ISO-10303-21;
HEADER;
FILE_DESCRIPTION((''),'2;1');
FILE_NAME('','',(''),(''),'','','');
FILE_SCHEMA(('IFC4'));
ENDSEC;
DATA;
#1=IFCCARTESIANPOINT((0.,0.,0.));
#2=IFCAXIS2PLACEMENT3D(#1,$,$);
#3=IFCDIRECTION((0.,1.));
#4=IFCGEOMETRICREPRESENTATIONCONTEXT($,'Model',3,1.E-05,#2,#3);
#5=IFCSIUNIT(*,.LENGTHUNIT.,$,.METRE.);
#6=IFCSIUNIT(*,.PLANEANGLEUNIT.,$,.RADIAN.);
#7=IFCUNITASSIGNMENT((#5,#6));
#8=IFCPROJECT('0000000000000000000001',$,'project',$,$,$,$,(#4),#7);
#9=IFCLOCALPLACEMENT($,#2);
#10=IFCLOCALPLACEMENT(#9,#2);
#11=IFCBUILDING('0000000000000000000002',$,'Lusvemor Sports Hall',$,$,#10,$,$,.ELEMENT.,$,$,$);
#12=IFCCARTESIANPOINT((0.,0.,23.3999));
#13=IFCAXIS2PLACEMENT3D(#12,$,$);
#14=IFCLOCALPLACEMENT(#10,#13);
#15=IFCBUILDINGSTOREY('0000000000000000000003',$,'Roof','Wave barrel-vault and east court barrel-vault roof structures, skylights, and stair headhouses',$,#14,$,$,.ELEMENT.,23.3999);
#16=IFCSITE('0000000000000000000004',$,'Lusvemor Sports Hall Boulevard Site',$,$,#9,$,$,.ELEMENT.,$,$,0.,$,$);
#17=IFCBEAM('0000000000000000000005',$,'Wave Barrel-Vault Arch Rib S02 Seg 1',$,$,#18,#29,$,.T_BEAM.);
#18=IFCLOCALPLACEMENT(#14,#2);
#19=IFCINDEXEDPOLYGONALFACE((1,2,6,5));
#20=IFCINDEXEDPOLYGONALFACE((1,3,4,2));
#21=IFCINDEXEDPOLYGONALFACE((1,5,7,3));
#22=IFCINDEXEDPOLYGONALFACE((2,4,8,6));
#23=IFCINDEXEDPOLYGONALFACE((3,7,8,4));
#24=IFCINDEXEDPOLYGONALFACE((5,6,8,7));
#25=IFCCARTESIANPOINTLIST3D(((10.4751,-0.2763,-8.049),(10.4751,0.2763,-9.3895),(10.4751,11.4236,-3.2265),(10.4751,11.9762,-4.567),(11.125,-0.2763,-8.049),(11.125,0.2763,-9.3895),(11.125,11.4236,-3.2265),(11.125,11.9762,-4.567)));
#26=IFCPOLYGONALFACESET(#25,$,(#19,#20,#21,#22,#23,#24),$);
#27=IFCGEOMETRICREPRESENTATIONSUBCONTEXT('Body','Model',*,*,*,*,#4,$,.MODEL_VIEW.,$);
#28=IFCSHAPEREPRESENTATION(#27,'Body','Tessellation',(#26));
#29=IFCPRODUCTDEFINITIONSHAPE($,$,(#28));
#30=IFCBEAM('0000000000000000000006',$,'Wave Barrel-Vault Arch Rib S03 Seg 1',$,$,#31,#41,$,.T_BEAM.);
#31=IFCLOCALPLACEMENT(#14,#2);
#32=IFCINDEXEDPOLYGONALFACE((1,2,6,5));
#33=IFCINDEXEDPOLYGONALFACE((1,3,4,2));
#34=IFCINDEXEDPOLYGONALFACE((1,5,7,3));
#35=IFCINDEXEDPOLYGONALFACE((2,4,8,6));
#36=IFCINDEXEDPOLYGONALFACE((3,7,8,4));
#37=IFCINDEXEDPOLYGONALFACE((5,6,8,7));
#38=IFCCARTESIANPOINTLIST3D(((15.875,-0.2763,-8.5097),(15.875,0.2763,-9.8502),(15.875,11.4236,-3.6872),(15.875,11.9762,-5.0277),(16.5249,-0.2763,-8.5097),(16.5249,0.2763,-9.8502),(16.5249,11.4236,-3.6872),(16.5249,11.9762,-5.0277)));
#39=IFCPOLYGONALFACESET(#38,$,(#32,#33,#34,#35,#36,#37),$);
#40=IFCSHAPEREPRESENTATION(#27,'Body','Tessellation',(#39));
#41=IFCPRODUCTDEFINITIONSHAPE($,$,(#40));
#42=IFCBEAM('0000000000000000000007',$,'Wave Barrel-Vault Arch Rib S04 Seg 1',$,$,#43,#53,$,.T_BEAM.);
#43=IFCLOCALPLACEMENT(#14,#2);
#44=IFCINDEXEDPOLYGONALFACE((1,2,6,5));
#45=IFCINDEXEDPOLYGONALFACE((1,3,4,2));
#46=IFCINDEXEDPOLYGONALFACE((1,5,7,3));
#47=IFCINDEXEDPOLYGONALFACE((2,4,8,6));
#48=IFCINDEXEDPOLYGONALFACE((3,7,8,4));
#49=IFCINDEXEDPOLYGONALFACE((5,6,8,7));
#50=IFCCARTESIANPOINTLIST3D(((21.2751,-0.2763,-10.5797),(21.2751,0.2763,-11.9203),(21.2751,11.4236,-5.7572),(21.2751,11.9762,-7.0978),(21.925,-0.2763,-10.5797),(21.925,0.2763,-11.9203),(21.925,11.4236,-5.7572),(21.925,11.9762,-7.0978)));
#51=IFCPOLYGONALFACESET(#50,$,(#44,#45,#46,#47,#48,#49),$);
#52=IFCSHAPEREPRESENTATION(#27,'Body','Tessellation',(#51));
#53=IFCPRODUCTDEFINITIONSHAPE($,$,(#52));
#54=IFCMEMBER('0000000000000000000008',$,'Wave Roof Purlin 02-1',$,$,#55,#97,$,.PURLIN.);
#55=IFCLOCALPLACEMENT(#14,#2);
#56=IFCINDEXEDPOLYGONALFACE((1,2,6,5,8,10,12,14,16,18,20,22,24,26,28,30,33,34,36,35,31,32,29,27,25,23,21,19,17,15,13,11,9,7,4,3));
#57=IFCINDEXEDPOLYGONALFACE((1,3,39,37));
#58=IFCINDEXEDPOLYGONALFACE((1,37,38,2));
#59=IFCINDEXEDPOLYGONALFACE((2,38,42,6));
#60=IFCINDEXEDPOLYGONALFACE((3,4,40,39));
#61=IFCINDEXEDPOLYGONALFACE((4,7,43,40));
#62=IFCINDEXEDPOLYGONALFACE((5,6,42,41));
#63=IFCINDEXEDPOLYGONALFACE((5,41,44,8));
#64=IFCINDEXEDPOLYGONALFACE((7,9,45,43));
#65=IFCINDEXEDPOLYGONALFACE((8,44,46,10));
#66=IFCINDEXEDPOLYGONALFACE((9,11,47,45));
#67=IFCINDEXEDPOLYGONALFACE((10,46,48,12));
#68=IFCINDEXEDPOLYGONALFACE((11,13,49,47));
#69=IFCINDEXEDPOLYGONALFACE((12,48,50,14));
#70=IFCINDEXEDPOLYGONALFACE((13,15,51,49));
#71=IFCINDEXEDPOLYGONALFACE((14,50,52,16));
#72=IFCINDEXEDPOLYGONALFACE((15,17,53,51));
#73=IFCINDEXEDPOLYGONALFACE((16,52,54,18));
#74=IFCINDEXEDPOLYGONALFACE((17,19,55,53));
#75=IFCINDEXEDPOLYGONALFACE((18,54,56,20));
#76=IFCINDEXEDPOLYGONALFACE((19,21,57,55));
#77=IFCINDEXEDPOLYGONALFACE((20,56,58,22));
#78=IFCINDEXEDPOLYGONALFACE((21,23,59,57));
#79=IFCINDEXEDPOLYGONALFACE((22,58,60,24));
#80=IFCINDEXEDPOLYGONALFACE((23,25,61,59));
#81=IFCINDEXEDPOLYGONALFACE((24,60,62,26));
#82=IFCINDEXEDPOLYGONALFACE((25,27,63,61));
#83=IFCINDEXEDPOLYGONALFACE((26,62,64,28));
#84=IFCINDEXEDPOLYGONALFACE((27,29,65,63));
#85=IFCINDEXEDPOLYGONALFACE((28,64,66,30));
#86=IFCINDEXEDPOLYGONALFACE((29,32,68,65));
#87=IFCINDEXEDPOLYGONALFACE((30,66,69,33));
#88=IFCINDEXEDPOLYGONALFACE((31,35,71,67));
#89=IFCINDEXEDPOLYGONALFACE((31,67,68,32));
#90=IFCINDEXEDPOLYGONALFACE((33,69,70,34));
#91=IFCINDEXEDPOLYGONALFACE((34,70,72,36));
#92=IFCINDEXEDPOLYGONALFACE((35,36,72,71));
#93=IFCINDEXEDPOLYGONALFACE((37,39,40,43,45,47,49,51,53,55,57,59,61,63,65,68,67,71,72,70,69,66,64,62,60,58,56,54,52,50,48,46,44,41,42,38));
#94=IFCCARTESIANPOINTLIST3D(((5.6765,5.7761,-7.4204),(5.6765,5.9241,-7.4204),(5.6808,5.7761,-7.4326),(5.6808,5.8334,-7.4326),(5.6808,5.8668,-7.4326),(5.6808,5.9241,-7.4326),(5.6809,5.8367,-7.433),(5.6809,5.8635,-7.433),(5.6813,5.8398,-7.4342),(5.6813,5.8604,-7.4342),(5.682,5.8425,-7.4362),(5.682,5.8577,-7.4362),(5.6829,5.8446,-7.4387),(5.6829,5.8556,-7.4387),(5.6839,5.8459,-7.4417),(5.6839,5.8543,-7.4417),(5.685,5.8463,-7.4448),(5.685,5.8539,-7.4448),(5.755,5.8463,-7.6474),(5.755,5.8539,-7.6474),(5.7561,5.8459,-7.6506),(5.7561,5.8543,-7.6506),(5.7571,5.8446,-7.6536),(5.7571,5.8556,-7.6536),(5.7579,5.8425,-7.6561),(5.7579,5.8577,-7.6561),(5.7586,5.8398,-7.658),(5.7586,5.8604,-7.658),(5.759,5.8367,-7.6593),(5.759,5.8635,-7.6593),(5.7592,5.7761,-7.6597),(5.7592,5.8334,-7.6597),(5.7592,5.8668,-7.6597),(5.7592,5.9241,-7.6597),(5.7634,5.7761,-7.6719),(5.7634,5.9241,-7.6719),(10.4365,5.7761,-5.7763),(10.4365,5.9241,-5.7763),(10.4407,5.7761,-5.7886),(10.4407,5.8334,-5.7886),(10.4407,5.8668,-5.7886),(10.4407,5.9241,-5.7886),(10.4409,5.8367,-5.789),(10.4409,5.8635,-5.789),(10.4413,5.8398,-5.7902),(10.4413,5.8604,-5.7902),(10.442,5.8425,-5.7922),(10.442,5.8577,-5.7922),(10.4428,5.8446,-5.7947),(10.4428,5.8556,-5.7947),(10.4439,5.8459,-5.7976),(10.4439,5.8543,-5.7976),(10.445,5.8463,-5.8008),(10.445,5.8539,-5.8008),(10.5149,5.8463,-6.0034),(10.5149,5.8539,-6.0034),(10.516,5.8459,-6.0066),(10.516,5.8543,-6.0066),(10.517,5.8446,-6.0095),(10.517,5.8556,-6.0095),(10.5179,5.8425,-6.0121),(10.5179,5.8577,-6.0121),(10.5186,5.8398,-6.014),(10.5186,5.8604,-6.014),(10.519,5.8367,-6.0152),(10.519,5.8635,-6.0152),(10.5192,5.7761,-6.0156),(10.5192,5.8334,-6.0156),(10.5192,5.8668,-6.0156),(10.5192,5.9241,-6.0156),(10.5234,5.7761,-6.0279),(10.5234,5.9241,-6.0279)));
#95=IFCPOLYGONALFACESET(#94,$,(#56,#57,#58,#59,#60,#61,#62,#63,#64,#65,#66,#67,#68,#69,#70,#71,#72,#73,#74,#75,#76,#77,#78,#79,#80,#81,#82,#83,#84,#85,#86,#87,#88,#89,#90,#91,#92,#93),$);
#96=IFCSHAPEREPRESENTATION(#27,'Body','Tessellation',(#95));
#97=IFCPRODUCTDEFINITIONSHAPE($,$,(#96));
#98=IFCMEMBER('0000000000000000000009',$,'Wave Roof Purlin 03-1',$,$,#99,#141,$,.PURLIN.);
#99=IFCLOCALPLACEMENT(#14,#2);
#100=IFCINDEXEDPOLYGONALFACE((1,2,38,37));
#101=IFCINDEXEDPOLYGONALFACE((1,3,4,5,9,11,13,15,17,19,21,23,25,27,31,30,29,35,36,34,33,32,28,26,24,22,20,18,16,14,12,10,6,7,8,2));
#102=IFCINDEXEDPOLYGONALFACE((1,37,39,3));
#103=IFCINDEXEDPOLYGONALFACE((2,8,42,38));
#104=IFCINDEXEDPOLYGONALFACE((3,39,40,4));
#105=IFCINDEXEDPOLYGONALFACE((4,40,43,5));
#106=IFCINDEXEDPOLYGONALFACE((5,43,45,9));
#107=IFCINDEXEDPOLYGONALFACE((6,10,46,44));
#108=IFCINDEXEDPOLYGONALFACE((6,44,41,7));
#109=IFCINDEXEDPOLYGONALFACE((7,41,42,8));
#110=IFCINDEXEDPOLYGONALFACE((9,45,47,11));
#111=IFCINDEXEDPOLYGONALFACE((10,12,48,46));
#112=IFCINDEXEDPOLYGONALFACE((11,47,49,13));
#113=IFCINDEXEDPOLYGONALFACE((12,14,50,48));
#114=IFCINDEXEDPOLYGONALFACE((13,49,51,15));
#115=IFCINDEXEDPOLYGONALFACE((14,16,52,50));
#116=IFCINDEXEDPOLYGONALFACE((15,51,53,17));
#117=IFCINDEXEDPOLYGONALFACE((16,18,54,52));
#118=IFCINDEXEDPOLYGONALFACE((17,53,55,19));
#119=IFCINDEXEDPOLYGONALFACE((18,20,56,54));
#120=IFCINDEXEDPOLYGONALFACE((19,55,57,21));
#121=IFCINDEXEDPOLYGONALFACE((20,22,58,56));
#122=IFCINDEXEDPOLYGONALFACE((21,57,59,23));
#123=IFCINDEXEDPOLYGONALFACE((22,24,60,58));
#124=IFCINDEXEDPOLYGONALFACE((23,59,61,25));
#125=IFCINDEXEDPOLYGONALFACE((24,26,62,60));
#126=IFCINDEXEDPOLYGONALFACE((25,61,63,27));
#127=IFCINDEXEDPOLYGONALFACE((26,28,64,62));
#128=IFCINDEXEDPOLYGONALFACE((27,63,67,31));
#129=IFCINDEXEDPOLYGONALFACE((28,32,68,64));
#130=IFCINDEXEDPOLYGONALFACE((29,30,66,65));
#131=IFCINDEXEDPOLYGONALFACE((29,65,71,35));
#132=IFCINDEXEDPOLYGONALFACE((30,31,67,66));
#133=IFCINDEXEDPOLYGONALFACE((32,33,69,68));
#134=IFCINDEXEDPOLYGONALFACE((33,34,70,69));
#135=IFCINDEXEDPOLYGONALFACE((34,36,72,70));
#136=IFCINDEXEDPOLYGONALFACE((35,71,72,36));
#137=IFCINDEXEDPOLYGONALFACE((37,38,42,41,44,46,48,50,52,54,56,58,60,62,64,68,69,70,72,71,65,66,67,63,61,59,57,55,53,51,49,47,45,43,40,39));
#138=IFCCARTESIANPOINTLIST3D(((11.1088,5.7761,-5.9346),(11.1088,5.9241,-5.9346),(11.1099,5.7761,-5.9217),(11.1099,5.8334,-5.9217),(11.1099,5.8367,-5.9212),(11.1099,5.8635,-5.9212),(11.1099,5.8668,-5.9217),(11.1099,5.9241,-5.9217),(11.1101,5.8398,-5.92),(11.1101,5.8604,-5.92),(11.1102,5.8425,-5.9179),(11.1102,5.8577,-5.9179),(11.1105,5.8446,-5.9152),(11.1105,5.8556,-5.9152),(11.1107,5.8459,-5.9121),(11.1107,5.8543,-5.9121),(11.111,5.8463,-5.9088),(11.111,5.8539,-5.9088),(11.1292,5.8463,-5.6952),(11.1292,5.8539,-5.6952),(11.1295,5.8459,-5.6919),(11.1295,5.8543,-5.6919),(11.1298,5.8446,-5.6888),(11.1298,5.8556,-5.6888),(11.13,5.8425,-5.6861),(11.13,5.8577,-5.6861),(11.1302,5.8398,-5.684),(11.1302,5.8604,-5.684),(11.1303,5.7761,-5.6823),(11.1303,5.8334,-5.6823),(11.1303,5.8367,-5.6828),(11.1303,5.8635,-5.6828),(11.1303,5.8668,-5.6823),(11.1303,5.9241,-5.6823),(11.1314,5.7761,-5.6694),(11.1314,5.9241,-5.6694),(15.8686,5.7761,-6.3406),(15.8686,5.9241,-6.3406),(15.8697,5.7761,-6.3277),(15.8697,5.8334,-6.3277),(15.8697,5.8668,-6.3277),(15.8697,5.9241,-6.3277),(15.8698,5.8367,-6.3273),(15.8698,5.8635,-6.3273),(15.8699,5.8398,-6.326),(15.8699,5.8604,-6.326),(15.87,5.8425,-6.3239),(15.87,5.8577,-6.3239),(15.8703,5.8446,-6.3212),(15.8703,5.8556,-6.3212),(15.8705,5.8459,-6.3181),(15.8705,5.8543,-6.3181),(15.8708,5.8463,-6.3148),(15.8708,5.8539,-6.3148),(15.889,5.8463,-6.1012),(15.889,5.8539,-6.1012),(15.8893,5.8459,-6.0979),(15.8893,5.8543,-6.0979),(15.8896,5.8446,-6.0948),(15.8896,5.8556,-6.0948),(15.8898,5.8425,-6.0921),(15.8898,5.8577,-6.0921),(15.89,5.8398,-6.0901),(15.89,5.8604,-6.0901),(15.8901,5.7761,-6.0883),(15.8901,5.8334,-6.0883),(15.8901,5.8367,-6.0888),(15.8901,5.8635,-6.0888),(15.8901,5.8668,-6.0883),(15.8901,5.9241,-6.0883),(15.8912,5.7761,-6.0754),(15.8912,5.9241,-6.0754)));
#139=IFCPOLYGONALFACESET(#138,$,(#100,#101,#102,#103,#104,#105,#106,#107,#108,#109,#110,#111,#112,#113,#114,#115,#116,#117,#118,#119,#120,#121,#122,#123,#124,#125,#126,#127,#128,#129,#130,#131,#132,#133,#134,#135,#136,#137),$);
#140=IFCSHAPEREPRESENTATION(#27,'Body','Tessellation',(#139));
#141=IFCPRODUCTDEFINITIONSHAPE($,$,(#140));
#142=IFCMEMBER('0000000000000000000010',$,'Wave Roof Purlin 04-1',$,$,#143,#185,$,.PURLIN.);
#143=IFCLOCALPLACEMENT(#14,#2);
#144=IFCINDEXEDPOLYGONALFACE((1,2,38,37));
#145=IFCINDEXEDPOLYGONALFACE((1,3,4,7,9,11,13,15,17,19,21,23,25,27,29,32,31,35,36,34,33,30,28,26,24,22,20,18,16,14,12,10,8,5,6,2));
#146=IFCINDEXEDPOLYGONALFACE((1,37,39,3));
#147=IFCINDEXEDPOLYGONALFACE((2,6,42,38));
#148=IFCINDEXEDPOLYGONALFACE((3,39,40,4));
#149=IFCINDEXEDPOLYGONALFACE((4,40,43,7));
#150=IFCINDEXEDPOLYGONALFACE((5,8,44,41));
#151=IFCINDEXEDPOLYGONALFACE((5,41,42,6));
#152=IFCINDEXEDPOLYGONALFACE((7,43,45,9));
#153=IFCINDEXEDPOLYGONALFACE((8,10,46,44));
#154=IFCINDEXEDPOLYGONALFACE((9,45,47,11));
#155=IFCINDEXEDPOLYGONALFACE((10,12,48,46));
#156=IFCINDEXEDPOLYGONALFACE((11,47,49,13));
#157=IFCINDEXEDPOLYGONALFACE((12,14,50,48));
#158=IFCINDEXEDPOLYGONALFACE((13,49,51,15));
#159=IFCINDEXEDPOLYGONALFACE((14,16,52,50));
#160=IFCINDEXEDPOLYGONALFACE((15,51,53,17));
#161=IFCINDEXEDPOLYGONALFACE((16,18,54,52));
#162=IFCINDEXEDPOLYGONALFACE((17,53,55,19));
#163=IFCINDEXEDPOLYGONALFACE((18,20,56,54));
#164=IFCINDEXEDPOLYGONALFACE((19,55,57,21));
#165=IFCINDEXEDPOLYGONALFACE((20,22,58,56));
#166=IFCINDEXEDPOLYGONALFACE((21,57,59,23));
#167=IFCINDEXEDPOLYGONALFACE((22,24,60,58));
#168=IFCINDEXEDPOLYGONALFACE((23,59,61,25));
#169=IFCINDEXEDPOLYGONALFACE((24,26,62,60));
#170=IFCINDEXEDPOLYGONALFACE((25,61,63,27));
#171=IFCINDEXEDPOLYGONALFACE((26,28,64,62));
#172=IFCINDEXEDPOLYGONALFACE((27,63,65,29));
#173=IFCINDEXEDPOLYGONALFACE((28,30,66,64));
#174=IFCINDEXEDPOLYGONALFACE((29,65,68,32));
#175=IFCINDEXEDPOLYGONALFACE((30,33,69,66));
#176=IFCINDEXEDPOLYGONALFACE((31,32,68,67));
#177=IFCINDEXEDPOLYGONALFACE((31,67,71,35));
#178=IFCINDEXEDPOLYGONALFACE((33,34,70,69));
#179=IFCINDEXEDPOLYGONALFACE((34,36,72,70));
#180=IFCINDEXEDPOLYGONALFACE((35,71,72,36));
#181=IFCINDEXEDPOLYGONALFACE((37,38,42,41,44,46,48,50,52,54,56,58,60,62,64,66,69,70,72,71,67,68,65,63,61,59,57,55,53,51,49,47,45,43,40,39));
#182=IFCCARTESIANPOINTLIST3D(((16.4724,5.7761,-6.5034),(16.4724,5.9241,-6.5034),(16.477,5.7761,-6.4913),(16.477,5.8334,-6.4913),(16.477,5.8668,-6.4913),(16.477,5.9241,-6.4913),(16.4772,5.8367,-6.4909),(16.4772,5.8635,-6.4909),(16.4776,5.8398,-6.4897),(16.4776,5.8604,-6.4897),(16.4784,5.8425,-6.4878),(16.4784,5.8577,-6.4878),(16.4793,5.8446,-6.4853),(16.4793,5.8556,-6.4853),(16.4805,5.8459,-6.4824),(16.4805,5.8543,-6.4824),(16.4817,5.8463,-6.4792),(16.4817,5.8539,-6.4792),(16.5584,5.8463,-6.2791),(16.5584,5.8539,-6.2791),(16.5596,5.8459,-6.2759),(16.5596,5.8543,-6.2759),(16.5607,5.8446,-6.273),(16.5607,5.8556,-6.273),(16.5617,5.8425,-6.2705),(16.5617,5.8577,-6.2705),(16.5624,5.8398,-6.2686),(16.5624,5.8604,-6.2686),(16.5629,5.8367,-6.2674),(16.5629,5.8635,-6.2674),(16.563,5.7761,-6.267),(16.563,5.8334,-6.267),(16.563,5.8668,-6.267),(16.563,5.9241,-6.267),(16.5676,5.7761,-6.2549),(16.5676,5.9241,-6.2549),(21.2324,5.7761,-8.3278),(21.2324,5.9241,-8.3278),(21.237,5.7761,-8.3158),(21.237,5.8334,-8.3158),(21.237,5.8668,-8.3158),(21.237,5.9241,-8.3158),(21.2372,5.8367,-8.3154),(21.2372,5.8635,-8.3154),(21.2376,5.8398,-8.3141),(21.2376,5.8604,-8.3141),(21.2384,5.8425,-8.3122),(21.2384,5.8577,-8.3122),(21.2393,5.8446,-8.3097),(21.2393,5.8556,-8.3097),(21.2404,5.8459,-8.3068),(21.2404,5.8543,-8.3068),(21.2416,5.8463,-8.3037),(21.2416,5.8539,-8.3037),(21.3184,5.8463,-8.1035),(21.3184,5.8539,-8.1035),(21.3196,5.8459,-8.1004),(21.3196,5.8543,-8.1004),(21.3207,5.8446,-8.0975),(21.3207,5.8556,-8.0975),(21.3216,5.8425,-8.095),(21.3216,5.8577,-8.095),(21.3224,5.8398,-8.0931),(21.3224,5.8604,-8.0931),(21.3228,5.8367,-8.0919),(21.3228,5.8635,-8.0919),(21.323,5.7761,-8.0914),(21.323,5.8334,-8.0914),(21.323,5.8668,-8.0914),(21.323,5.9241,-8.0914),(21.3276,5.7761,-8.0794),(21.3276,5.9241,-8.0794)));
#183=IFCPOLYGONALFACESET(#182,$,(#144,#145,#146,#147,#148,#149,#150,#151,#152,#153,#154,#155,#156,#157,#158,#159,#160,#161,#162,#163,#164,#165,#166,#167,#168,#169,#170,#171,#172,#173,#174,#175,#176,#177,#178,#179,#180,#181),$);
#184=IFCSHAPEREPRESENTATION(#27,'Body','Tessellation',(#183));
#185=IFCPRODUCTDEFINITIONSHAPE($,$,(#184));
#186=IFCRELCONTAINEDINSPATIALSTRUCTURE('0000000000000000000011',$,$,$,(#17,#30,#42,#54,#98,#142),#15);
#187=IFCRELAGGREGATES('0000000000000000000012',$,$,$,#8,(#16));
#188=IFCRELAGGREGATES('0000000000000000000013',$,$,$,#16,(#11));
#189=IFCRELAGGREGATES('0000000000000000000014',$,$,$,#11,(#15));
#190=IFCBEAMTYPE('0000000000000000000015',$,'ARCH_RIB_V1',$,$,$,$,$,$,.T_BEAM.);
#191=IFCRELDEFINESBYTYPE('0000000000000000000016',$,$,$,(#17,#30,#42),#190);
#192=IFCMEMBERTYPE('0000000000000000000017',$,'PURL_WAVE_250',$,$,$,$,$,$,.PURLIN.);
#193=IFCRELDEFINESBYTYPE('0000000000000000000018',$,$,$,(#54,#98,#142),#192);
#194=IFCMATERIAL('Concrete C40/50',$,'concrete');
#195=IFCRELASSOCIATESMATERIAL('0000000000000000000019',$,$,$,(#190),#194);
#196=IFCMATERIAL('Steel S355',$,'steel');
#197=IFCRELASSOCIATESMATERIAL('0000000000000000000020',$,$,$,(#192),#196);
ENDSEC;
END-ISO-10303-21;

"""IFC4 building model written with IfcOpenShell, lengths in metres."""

from ifc_helpers import new_model, si_unit, direction, frame, origin, origin_2d, place, context, subcontext, project, spatial, rectangle, i_section, extrude, material, material_profile, profile_set, type_object, element, save


model = new_model("IFC4")

# Units and contexts
model_context = context("Model", 3, precision=1e-05, world=origin(), true_north=direction((0.0, 1.0)))
body_context = subcontext(model_context, "Body", "Model", "MODEL_VIEW")
ifc_project = project(units=[si_unit("LENGTHUNIT", "METRE"), si_unit("PLANEANGLEUNIT", "RADIAN")], contexts=[model_context])

# Site, building, storey
site_placement = place(None, origin())
site = spatial("IfcSite", under=ifc_project, at=site_placement, Name="Lusvemor Sports Hall Boulevard Site", CompositionType="ELEMENT", RefElevation=0.0)
building_placement = place(site_placement, origin())
building = spatial("IfcBuilding", under=site, at=building_placement, Name="Lusvemor Sports Hall", CompositionType="ELEMENT")
storey_placement = place(building_placement, frame((0.0, 0.0, 23.3999)))
storey = spatial("IfcBuildingStorey", under=building, at=storey_placement, Name="Roof", Description="Wave barrel-vault and east court barrel-vault roof structures, skylights, and stair headhouses", CompositionType="ELEMENT", Elevation=23.3999)

# Beams
ifc_material_1 = material(Name="Concrete C40/50", Category="concrete")
ifc_material_profile_1 = material_profile(ifc_material_1, rectangle(XDim=0.6499, YDim=1.45, at=origin_2d()), Name="RC650x1450")
ifc_profile_set_1 = profile_set([ifc_material_profile_1], Name="Concrete C40/50")
beam_type_1 = type_object("IfcBeamType", Name="ARCH_RIB_V1", PredefinedType="T_BEAM", material=ifc_profile_set_1)
for number, where, z_axis, x_axis, name in (
    (1, (10.8, 0.0, -8.7192), (0.0, 0.924542, 0.38108), (-1.0, 0.0, 0.0), "Wave Barrel-Vault Arch Rib S02 Seg 1"),
    (2, (16.2, 0.0, -9.1799), (0.0, 0.924542, 0.38108), (-1.0, 0.0, 0.0), "Wave Barrel-Vault Arch Rib S03 Seg 1"),
    (3, (21.6001, 0.0, -11.25), (0.0, 0.924542, 0.38108), (-1.0, 0.0, 0.0), "Wave Barrel-Vault Arch Rib S04 Seg 1"),
):
    element("IfcBeam", number, at=place(storey_placement, frame(where, z_axis=z_axis, x_axis=x_axis)), inside=storey, type_object=beam_type_1, Name=name, PredefinedType="T_BEAM", context=body_context, shape_type="SweptSolid", body=[
        extrude(rectangle(XDim=0.6499, YDim=1.45, at=origin_2d()), origin(), (0.0, 0.0, 1.0), 12.6548),
    ])

# Members
ifc_material_2 = material(Name="Steel S355", Category="steel")
ifc_material_profile_2 = material_profile(ifc_material_2, i_section(OverallWidth=0.1479, OverallDepth=0.2661, WebThickness=0.0076, FlangeThickness=0.0129, FilletRadius=0.0129, at=origin_2d()), Name="W250x44.8")
ifc_profile_set_2 = profile_set([ifc_material_profile_2], Name="Steel S355")
member_type_1 = type_object("IfcMemberType", Name="PURL_WAVE_250", PredefinedType="PURLIN", material=ifc_profile_set_2)
member_1_placement = place(storey_placement, frame((5.72, 5.8501, -7.5461), z_axis=(0.94521, 0.0, 0.326463), x_axis=(0.0, 1.0, 0.0)))
element("IfcMember", 4, at=member_1_placement, inside=storey, type_object=member_type_1, Name="Wave Roof Purlin 02-1", PredefinedType="PURLIN", context=body_context, shape_type="SweptSolid", body=[
    extrude(i_section(OverallWidth=0.1479, OverallDepth=0.2661, WebThickness=0.0076, FlangeThickness=0.0129, FilletRadius=0.0129, at=origin_2d()), origin(), (0.0, 0.0, 1.0), 5.0359),
])
member_2_placement = place(storey_placement, frame((11.1201, 5.8501, -5.802), z_axis=(0.996382, 0.0, -0.084991), x_axis=(0.0, 1.0, 0.0)))
element("IfcMember", 5, at=member_2_placement, inside=storey, type_object=member_type_1, Name="Wave Roof Purlin 03-1", PredefinedType="PURLIN", context=body_context, shape_type="SweptSolid", body=[
    extrude(i_section(OverallWidth=0.1479, OverallDepth=0.2661, WebThickness=0.0076, FlangeThickness=0.0129, FilletRadius=0.0129, at=origin_2d()), origin(), (0.0, 0.0, 1.0), 4.7771),
])
member_3_placement = place(storey_placement, frame((16.52, 5.8501, -6.3792), z_axis=(0.93376, 0.0, -0.357901), x_axis=(0.0, 1.0, 0.0)))
element("IfcMember", 6, at=member_3_placement, inside=storey, type_object=member_type_1, Name="Wave Roof Purlin 04-1", PredefinedType="PURLIN", context=body_context, shape_type="SweptSolid", body=[
    extrude(i_section(OverallWidth=0.1479, OverallDepth=0.2661, WebThickness=0.0076, FlangeThickness=0.0129, FilletRadius=0.0129, at=origin_2d()), origin(), (0.0, 0.0, 1.0), 5.0977),
])

save(model, "model.ifc")
